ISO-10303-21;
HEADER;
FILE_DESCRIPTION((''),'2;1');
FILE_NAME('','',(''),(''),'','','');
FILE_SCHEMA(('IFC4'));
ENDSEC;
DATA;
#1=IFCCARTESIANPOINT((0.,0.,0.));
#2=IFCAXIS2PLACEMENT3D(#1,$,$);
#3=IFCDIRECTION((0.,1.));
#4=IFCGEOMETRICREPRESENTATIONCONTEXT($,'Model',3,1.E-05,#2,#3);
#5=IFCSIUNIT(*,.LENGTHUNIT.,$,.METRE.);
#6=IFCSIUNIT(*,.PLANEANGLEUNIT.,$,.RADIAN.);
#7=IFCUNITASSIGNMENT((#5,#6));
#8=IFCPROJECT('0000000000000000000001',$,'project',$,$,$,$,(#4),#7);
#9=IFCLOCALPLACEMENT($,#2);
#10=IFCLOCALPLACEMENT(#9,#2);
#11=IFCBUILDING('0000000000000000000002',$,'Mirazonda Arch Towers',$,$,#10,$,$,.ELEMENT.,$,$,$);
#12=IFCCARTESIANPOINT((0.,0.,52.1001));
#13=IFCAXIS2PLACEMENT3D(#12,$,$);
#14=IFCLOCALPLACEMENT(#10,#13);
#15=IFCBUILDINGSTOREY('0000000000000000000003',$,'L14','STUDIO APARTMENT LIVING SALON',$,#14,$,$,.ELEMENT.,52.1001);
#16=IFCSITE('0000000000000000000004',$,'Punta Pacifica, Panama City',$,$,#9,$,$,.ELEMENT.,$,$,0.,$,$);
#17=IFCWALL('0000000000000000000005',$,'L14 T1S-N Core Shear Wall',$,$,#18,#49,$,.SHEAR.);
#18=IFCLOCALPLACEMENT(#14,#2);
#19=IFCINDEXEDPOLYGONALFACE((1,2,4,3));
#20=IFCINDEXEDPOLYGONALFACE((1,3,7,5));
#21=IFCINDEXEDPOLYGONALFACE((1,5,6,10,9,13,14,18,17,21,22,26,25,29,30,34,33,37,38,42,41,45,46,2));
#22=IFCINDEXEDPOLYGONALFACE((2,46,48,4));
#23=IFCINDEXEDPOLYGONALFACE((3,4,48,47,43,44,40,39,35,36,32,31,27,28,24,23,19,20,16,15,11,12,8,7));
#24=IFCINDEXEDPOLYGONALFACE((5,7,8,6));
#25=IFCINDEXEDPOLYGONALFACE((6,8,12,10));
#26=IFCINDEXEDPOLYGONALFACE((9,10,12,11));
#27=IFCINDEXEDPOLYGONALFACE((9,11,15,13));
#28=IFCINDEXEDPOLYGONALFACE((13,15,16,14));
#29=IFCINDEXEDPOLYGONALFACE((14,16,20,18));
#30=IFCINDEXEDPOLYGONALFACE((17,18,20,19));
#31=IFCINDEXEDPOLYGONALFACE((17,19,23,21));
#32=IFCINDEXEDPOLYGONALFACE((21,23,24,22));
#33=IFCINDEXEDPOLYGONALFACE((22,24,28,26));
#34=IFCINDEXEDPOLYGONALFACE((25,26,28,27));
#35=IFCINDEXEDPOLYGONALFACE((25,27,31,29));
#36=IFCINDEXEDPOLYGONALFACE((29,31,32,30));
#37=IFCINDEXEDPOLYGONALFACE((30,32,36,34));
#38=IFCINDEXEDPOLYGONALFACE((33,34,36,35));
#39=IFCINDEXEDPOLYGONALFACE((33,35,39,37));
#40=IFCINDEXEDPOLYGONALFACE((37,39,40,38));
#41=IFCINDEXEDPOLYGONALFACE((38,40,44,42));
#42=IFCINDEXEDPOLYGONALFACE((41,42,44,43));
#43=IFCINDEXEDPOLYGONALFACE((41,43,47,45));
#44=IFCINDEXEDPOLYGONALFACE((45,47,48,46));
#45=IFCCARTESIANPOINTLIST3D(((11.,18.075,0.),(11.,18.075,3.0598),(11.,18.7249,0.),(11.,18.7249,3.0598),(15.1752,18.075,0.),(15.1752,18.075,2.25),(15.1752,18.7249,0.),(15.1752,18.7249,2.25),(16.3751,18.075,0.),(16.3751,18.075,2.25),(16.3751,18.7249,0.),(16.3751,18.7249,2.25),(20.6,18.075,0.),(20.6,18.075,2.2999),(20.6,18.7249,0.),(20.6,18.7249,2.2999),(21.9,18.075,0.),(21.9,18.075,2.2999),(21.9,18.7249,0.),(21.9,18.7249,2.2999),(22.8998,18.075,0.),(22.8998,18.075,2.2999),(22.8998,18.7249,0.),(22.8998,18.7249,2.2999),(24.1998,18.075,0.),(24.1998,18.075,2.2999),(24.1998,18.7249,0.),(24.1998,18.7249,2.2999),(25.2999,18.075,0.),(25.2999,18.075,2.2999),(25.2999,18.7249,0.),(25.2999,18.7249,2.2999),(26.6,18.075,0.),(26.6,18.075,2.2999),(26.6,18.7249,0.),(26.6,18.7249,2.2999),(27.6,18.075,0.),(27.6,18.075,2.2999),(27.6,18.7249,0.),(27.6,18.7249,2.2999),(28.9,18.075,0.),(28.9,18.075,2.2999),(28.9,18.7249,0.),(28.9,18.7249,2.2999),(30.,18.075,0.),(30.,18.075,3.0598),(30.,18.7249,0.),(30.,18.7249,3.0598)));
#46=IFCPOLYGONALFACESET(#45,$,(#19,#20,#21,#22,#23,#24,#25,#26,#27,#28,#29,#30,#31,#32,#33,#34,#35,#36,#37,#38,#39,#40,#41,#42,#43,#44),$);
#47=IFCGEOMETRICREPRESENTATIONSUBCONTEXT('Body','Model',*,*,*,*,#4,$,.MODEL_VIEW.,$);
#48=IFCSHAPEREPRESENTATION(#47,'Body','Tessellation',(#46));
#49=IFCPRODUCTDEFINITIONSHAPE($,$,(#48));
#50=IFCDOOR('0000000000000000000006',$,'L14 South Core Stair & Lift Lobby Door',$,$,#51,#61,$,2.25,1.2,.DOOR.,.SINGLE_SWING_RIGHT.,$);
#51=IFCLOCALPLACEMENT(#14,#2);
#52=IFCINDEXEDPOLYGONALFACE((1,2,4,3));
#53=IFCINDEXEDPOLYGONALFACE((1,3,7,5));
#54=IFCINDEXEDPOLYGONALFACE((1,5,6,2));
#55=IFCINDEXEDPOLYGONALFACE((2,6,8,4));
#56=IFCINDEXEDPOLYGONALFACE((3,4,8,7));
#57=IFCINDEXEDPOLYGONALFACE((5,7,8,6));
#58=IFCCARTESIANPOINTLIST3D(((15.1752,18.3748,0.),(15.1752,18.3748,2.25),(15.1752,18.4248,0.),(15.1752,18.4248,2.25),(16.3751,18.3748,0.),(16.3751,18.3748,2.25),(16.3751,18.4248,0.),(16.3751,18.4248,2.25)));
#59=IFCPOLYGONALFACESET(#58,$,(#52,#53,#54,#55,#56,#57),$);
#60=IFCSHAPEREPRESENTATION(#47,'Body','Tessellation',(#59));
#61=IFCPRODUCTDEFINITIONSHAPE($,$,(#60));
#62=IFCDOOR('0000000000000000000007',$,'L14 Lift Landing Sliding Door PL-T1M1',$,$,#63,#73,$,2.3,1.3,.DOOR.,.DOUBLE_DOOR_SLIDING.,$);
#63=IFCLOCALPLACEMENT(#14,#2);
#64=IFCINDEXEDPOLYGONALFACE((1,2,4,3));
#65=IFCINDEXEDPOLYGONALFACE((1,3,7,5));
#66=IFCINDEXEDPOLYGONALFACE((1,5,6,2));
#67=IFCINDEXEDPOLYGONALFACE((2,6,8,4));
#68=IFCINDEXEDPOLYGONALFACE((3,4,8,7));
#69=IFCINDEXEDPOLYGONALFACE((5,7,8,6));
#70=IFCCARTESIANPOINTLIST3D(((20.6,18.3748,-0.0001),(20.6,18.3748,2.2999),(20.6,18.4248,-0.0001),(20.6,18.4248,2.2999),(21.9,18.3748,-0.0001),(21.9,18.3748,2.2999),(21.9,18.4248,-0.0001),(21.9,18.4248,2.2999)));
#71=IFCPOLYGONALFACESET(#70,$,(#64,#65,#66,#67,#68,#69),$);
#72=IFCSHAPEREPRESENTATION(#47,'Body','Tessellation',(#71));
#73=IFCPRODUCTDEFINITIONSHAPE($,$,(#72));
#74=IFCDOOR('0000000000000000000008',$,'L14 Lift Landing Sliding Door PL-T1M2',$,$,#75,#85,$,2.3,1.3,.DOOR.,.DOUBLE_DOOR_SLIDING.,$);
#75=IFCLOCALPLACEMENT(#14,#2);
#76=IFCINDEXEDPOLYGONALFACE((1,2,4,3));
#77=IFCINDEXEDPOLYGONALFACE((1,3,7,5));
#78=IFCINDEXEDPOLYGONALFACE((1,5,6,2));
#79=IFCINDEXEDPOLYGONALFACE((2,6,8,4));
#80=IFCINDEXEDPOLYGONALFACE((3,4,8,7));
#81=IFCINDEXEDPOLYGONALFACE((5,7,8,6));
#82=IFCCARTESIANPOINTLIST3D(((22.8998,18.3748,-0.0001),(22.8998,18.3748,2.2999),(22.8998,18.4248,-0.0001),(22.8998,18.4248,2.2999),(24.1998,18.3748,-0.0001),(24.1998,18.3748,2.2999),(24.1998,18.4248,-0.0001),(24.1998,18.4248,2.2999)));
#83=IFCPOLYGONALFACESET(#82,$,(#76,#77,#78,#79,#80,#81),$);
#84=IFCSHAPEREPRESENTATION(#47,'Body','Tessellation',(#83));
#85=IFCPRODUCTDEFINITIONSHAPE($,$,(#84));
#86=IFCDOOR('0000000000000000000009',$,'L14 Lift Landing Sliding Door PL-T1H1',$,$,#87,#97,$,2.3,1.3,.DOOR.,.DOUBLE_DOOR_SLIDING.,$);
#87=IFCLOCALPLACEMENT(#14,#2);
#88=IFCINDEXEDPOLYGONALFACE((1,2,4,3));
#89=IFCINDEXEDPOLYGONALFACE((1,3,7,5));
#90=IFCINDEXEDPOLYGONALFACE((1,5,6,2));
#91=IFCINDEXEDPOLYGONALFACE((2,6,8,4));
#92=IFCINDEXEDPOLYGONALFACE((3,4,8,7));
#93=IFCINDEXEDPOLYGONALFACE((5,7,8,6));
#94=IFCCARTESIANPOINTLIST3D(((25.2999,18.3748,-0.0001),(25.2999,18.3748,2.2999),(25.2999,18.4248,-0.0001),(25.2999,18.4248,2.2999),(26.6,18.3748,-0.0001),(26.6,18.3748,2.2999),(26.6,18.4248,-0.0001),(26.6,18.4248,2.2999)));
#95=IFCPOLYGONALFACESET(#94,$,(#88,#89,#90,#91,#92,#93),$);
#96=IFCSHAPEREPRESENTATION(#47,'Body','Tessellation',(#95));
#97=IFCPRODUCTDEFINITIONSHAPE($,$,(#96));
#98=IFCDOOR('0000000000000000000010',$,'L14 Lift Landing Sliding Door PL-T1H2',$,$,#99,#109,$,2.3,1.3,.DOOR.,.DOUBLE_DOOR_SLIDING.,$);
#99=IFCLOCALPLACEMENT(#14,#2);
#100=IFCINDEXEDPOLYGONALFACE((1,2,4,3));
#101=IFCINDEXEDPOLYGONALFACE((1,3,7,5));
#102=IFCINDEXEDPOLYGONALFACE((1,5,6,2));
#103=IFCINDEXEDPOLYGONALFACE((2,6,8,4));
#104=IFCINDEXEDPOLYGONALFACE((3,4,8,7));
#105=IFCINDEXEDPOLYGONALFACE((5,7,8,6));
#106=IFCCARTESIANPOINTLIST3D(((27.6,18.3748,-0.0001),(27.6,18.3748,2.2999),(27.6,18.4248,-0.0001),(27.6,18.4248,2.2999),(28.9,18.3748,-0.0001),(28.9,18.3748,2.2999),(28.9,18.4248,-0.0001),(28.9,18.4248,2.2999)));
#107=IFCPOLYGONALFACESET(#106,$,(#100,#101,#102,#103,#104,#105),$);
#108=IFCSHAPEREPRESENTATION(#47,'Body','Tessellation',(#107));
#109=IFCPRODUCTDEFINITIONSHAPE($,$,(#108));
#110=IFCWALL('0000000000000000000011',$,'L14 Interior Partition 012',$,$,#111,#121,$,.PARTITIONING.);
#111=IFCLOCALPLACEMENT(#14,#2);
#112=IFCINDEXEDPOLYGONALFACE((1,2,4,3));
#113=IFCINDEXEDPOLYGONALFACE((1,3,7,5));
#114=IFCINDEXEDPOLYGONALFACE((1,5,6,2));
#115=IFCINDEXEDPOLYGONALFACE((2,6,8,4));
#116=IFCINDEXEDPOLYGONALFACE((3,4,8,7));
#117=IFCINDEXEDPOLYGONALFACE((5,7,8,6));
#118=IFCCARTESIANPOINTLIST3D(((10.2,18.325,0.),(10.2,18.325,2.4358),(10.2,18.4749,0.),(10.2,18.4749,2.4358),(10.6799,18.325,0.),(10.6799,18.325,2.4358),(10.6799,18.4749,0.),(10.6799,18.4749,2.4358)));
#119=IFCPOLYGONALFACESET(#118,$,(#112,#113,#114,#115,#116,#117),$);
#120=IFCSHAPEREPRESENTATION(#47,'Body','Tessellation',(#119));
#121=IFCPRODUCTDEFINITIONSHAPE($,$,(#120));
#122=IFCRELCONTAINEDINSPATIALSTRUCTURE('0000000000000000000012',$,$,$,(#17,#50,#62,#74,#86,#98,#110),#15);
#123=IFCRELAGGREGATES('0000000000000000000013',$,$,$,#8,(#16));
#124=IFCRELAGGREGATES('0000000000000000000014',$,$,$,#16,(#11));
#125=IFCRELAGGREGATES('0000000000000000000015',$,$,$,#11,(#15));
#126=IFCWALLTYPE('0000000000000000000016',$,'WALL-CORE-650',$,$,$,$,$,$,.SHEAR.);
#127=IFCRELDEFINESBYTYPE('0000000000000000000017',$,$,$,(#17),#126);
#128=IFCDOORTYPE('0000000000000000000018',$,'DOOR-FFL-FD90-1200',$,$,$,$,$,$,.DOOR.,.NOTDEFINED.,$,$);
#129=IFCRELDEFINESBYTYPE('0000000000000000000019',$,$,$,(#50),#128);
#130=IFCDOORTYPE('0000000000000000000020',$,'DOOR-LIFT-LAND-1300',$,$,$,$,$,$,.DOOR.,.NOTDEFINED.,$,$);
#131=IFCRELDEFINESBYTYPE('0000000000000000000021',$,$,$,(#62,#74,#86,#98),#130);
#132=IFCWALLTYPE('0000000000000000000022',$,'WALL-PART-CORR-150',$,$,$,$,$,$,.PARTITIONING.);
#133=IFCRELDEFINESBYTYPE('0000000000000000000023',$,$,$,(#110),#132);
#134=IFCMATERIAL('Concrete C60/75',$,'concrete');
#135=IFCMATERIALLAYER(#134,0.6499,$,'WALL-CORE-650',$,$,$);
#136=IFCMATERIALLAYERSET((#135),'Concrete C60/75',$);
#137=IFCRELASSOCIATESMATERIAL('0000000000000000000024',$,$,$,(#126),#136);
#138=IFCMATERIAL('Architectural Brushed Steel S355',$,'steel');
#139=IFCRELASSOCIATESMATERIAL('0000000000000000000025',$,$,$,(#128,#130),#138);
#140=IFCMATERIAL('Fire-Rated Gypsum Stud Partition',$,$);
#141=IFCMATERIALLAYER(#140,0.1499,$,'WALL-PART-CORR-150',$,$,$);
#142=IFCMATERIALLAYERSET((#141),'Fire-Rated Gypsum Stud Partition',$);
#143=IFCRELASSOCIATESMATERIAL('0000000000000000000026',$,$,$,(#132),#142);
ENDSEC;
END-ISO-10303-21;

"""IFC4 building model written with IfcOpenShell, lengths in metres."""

from ifc_helpers import new_model, si_unit, direction, frame, frame_2d, origin, place, context, subcontext, project, spatial, rectangle, extrude, material, layer, layer_set, type_object, element, fill, save


model = new_model("IFC4")

# Units and contexts
model_context = context("Model", 3, precision=1e-05, world=origin(), true_north=direction((0.0, 1.0)))
body_context = subcontext(model_context, "Body", "Model", "MODEL_VIEW")
ifc_project = project(units=[si_unit("LENGTHUNIT", "METRE"), si_unit("PLANEANGLEUNIT", "RADIAN")], contexts=[model_context])

# Site, building, storey
site_placement = place(None, origin())
site = spatial("IfcSite", under=ifc_project, at=site_placement, Name="Punta Pacifica, Panama City", CompositionType="ELEMENT", RefElevation=0.0)
building_placement = place(site_placement, origin())
building = spatial("IfcBuilding", under=site, at=building_placement, Name="Mirazonda Arch Towers", CompositionType="ELEMENT")
storey_placement = place(building_placement, frame((0.0, 0.0, 52.1001)))
storey = spatial("IfcBuildingStorey", under=building, at=storey_placement, Name="L14", Description="STUDIO APARTMENT LIVING SALON", CompositionType="ELEMENT", Elevation=52.1001)

# Shared definitions
ifc_material_1 = material(Name="Concrete C60/75", Category="concrete")

# Shared definitions
ifc_material_2 = material(Name="Architectural Brushed Steel S355", Category="steel")

# Wall, openings, doors
ifc_layer_1 = layer(ifc_material_1, 0.6499, Name="WALL-CORE-650")
ifc_layer_set_1 = layer_set([ifc_layer_1], Name="Concrete C60/75")
wall_type_1 = type_object("IfcWallType", Name="WALL-CORE-650", PredefinedType="SHEAR", material=ifc_layer_set_1)
wall_1_placement = place(storey_placement, frame((11.0, 18.3999, 0.0), z_axis=(0.0, 0.0, 1.0), x_axis=(1.0, 0.0, 0.0)))
wall_1 = element("IfcWall", 1, at=wall_1_placement, inside=storey, type_object=wall_type_1, Name="L14 T1S-N Core Shear Wall", PredefinedType="SHEAR", context=body_context, shape_type="SweptSolid", body=[
    extrude(rectangle(XDim=19.0, YDim=0.6499, at=frame_2d((9.5, 0.0))), origin(), (0.0, 0.0, 1.0), 3.0598),
])
opening_1_placement = place(wall_1_placement, frame((4.175, 0.0, 0.0)))
opening_1 = element("IfcOpeningElement", 2, at=opening_1_placement, cuts=wall_1, PredefinedType="OPENING", context=body_context, shape_type="SweptSolid", body=[
    extrude(rectangle(XDim=1.2, YDim=2.25, at=frame_2d((0.6001, 1.125))), frame((0.0, 0.335, 0.0), z_axis=(0.0, -1.0, 0.0), x_axis=(1.0, 0.0, 0.0)), (0.0, 0.0, 1.0), 0.6699),
])
opening_2_placement = place(wall_1_placement, frame((9.6001, 0.0, 0.0)))
opening_2 = element("IfcOpeningElement", 3, at=opening_2_placement, cuts=wall_1, PredefinedType="OPENING", context=body_context, shape_type="SweptSolid", body=[
    extrude(rectangle(XDim=1.3, YDim=2.3, at=frame_2d((0.6499, 1.1499))), frame((0.0, 0.335, 0.0), z_axis=(0.0, -1.0, 0.0), x_axis=(1.0, 0.0, 0.0)), (0.0, 0.0, 1.0), 0.6699),
])
opening_3_placement = place(wall_1_placement, frame((11.8999, 0.0, 0.0)))
opening_3 = element("IfcOpeningElement", 4, at=opening_3_placement, cuts=wall_1, PredefinedType="OPENING", context=body_context, shape_type="SweptSolid", body=[
    extrude(rectangle(XDim=1.3, YDim=2.3, at=frame_2d((0.6499, 1.1499))), frame((0.0, 0.335, 0.0), z_axis=(0.0, -1.0, 0.0), x_axis=(1.0, 0.0, 0.0)), (0.0, 0.0, 1.0), 0.6699),
])
opening_4_placement = place(wall_1_placement, frame((14.3, 0.0, 0.0)))
opening_4 = element("IfcOpeningElement", 5, at=opening_4_placement, cuts=wall_1, PredefinedType="OPENING", context=body_context, shape_type="SweptSolid", body=[
    extrude(rectangle(XDim=1.3, YDim=2.3, at=frame_2d((0.6499, 1.1499))), frame((0.0, 0.335, 0.0), z_axis=(0.0, -1.0, 0.0), x_axis=(1.0, 0.0, 0.0)), (0.0, 0.0, 1.0), 0.6699),
])
opening_5_placement = place(wall_1_placement, frame((16.6001, 0.0, 0.0)))
opening_5 = element("IfcOpeningElement", 6, at=opening_5_placement, cuts=wall_1, PredefinedType="OPENING", context=body_context, shape_type="SweptSolid", body=[
    extrude(rectangle(XDim=1.3, YDim=2.3, at=frame_2d((0.6499, 1.1499))), frame((0.0, 0.335, 0.0), z_axis=(0.0, -1.0, 0.0), x_axis=(1.0, 0.0, 0.0)), (0.0, 0.0, 1.0), 0.6699),
])
door_type_1 = type_object("IfcDoorType", Name="DOOR-FFL-FD90-1200", OperationType="NOTDEFINED", PredefinedType="DOOR", material=ifc_material_2)
door_1_placement = place(opening_1_placement, origin())
door_1 = element("IfcDoor", 7, at=door_1_placement, inside=storey, type_object=door_type_1, Name="L14 South Core Stair & Lift Lobby Door", OperationType="SINGLE_SWING_RIGHT", OverallHeight=2.25, OverallWidth=1.2, PredefinedType="DOOR", context=body_context, shape_type="SweptSolid", body=[
    extrude(rectangle(XDim=1.2, YDim=2.25, at=frame_2d((0.6001, 1.125))), frame((0.0, 0.0249, 0.0), z_axis=(0.0, -1.0, 0.0), x_axis=(1.0, 0.0, 0.0)), (0.0, 0.0, 1.0), 0.05),
])
fill(opening_1, door_1)
door_type_2 = type_object("IfcDoorType", Name="DOOR-LIFT-LAND-1300", OperationType="NOTDEFINED", PredefinedType="DOOR", material=ifc_material_2)
door_2_placement = place(opening_2_placement, origin())
door_2 = element("IfcDoor", 8, at=door_2_placement, inside=storey, type_object=door_type_2, Name="L14 Lift Landing Sliding Door PL-T1M1", OperationType="DOUBLE_DOOR_SLIDING", OverallHeight=2.3, OverallWidth=1.3, PredefinedType="DOOR", context=body_context, shape_type="SweptSolid", body=[
    extrude(rectangle(XDim=1.3, YDim=2.3, at=frame_2d((0.6499, 1.1499))), frame((0.0, 0.0249, 0.0), z_axis=(0.0, -1.0, 0.0), x_axis=(1.0, 0.0, 0.0)), (0.0, 0.0, 1.0), 0.05),
])
fill(opening_2, door_2)
door_3_placement = place(opening_3_placement, origin())
door_3 = element("IfcDoor", 9, at=door_3_placement, inside=storey, type_object=door_type_2, Name="L14 Lift Landing Sliding Door PL-T1M2", OperationType="DOUBLE_DOOR_SLIDING", OverallHeight=2.3, OverallWidth=1.3, PredefinedType="DOOR", context=body_context, shape_type="SweptSolid", body=[
    extrude(rectangle(XDim=1.3, YDim=2.3, at=frame_2d((0.6499, 1.1499))), frame((0.0, 0.0249, 0.0), z_axis=(0.0, -1.0, 0.0), x_axis=(1.0, 0.0, 0.0)), (0.0, 0.0, 1.0), 0.05),
])
fill(opening_3, door_3)
door_4_placement = place(opening_4_placement, origin())
door_4 = element("IfcDoor", 10, at=door_4_placement, inside=storey, type_object=door_type_2, Name="L14 Lift Landing Sliding Door PL-T1H1", OperationType="DOUBLE_DOOR_SLIDING", OverallHeight=2.3, OverallWidth=1.3, PredefinedType="DOOR", context=body_context, shape_type="SweptSolid", body=[
    extrude(rectangle(XDim=1.3, YDim=2.3, at=frame_2d((0.6499, 1.1499))), frame((0.0, 0.0249, 0.0), z_axis=(0.0, -1.0, 0.0), x_axis=(1.0, 0.0, 0.0)), (0.0, 0.0, 1.0), 0.05),
])
fill(opening_4, door_4)
door_5_placement = place(opening_5_placement, origin())
door_5 = element("IfcDoor", 11, at=door_5_placement, inside=storey, type_object=door_type_2, Name="L14 Lift Landing Sliding Door PL-T1H2", OperationType="DOUBLE_DOOR_SLIDING", OverallHeight=2.3, OverallWidth=1.3, PredefinedType="DOOR", context=body_context, shape_type="SweptSolid", body=[
    extrude(rectangle(XDim=1.3, YDim=2.3, at=frame_2d((0.6499, 1.1499))), frame((0.0, 0.0249, 0.0), z_axis=(0.0, -1.0, 0.0), x_axis=(1.0, 0.0, 0.0)), (0.0, 0.0, 1.0), 0.05),
])
fill(opening_5, door_5)

# Wall
ifc_material_3 = material(Name="Fire-Rated Gypsum Stud Partition")
ifc_layer_2 = layer(ifc_material_3, 0.1499, Name="WALL-PART-CORR-150")
ifc_layer_set_2 = layer_set([ifc_layer_2], Name="Fire-Rated Gypsum Stud Partition")
wall_type_2 = type_object("IfcWallType", Name="WALL-PART-CORR-150", PredefinedType="PARTITIONING", material=ifc_layer_set_2)
wall_2_placement = place(storey_placement, frame((10.2, 18.3999, 0.0), z_axis=(0.0, 0.0, 1.0), x_axis=(1.0, 0.0, 0.0)))
element("IfcWall", 12, at=wall_2_placement, inside=storey, type_object=wall_type_2, Name="L14 Interior Partition 012", PredefinedType="PARTITIONING", context=body_context, shape_type="SweptSolid", body=[
    extrude(rectangle(XDim=0.48, YDim=0.1499, at=frame_2d((0.24, 0.0))), origin(), (0.0, 0.0, 1.0), 2.4358),
])

save(model, "model.ifc")
